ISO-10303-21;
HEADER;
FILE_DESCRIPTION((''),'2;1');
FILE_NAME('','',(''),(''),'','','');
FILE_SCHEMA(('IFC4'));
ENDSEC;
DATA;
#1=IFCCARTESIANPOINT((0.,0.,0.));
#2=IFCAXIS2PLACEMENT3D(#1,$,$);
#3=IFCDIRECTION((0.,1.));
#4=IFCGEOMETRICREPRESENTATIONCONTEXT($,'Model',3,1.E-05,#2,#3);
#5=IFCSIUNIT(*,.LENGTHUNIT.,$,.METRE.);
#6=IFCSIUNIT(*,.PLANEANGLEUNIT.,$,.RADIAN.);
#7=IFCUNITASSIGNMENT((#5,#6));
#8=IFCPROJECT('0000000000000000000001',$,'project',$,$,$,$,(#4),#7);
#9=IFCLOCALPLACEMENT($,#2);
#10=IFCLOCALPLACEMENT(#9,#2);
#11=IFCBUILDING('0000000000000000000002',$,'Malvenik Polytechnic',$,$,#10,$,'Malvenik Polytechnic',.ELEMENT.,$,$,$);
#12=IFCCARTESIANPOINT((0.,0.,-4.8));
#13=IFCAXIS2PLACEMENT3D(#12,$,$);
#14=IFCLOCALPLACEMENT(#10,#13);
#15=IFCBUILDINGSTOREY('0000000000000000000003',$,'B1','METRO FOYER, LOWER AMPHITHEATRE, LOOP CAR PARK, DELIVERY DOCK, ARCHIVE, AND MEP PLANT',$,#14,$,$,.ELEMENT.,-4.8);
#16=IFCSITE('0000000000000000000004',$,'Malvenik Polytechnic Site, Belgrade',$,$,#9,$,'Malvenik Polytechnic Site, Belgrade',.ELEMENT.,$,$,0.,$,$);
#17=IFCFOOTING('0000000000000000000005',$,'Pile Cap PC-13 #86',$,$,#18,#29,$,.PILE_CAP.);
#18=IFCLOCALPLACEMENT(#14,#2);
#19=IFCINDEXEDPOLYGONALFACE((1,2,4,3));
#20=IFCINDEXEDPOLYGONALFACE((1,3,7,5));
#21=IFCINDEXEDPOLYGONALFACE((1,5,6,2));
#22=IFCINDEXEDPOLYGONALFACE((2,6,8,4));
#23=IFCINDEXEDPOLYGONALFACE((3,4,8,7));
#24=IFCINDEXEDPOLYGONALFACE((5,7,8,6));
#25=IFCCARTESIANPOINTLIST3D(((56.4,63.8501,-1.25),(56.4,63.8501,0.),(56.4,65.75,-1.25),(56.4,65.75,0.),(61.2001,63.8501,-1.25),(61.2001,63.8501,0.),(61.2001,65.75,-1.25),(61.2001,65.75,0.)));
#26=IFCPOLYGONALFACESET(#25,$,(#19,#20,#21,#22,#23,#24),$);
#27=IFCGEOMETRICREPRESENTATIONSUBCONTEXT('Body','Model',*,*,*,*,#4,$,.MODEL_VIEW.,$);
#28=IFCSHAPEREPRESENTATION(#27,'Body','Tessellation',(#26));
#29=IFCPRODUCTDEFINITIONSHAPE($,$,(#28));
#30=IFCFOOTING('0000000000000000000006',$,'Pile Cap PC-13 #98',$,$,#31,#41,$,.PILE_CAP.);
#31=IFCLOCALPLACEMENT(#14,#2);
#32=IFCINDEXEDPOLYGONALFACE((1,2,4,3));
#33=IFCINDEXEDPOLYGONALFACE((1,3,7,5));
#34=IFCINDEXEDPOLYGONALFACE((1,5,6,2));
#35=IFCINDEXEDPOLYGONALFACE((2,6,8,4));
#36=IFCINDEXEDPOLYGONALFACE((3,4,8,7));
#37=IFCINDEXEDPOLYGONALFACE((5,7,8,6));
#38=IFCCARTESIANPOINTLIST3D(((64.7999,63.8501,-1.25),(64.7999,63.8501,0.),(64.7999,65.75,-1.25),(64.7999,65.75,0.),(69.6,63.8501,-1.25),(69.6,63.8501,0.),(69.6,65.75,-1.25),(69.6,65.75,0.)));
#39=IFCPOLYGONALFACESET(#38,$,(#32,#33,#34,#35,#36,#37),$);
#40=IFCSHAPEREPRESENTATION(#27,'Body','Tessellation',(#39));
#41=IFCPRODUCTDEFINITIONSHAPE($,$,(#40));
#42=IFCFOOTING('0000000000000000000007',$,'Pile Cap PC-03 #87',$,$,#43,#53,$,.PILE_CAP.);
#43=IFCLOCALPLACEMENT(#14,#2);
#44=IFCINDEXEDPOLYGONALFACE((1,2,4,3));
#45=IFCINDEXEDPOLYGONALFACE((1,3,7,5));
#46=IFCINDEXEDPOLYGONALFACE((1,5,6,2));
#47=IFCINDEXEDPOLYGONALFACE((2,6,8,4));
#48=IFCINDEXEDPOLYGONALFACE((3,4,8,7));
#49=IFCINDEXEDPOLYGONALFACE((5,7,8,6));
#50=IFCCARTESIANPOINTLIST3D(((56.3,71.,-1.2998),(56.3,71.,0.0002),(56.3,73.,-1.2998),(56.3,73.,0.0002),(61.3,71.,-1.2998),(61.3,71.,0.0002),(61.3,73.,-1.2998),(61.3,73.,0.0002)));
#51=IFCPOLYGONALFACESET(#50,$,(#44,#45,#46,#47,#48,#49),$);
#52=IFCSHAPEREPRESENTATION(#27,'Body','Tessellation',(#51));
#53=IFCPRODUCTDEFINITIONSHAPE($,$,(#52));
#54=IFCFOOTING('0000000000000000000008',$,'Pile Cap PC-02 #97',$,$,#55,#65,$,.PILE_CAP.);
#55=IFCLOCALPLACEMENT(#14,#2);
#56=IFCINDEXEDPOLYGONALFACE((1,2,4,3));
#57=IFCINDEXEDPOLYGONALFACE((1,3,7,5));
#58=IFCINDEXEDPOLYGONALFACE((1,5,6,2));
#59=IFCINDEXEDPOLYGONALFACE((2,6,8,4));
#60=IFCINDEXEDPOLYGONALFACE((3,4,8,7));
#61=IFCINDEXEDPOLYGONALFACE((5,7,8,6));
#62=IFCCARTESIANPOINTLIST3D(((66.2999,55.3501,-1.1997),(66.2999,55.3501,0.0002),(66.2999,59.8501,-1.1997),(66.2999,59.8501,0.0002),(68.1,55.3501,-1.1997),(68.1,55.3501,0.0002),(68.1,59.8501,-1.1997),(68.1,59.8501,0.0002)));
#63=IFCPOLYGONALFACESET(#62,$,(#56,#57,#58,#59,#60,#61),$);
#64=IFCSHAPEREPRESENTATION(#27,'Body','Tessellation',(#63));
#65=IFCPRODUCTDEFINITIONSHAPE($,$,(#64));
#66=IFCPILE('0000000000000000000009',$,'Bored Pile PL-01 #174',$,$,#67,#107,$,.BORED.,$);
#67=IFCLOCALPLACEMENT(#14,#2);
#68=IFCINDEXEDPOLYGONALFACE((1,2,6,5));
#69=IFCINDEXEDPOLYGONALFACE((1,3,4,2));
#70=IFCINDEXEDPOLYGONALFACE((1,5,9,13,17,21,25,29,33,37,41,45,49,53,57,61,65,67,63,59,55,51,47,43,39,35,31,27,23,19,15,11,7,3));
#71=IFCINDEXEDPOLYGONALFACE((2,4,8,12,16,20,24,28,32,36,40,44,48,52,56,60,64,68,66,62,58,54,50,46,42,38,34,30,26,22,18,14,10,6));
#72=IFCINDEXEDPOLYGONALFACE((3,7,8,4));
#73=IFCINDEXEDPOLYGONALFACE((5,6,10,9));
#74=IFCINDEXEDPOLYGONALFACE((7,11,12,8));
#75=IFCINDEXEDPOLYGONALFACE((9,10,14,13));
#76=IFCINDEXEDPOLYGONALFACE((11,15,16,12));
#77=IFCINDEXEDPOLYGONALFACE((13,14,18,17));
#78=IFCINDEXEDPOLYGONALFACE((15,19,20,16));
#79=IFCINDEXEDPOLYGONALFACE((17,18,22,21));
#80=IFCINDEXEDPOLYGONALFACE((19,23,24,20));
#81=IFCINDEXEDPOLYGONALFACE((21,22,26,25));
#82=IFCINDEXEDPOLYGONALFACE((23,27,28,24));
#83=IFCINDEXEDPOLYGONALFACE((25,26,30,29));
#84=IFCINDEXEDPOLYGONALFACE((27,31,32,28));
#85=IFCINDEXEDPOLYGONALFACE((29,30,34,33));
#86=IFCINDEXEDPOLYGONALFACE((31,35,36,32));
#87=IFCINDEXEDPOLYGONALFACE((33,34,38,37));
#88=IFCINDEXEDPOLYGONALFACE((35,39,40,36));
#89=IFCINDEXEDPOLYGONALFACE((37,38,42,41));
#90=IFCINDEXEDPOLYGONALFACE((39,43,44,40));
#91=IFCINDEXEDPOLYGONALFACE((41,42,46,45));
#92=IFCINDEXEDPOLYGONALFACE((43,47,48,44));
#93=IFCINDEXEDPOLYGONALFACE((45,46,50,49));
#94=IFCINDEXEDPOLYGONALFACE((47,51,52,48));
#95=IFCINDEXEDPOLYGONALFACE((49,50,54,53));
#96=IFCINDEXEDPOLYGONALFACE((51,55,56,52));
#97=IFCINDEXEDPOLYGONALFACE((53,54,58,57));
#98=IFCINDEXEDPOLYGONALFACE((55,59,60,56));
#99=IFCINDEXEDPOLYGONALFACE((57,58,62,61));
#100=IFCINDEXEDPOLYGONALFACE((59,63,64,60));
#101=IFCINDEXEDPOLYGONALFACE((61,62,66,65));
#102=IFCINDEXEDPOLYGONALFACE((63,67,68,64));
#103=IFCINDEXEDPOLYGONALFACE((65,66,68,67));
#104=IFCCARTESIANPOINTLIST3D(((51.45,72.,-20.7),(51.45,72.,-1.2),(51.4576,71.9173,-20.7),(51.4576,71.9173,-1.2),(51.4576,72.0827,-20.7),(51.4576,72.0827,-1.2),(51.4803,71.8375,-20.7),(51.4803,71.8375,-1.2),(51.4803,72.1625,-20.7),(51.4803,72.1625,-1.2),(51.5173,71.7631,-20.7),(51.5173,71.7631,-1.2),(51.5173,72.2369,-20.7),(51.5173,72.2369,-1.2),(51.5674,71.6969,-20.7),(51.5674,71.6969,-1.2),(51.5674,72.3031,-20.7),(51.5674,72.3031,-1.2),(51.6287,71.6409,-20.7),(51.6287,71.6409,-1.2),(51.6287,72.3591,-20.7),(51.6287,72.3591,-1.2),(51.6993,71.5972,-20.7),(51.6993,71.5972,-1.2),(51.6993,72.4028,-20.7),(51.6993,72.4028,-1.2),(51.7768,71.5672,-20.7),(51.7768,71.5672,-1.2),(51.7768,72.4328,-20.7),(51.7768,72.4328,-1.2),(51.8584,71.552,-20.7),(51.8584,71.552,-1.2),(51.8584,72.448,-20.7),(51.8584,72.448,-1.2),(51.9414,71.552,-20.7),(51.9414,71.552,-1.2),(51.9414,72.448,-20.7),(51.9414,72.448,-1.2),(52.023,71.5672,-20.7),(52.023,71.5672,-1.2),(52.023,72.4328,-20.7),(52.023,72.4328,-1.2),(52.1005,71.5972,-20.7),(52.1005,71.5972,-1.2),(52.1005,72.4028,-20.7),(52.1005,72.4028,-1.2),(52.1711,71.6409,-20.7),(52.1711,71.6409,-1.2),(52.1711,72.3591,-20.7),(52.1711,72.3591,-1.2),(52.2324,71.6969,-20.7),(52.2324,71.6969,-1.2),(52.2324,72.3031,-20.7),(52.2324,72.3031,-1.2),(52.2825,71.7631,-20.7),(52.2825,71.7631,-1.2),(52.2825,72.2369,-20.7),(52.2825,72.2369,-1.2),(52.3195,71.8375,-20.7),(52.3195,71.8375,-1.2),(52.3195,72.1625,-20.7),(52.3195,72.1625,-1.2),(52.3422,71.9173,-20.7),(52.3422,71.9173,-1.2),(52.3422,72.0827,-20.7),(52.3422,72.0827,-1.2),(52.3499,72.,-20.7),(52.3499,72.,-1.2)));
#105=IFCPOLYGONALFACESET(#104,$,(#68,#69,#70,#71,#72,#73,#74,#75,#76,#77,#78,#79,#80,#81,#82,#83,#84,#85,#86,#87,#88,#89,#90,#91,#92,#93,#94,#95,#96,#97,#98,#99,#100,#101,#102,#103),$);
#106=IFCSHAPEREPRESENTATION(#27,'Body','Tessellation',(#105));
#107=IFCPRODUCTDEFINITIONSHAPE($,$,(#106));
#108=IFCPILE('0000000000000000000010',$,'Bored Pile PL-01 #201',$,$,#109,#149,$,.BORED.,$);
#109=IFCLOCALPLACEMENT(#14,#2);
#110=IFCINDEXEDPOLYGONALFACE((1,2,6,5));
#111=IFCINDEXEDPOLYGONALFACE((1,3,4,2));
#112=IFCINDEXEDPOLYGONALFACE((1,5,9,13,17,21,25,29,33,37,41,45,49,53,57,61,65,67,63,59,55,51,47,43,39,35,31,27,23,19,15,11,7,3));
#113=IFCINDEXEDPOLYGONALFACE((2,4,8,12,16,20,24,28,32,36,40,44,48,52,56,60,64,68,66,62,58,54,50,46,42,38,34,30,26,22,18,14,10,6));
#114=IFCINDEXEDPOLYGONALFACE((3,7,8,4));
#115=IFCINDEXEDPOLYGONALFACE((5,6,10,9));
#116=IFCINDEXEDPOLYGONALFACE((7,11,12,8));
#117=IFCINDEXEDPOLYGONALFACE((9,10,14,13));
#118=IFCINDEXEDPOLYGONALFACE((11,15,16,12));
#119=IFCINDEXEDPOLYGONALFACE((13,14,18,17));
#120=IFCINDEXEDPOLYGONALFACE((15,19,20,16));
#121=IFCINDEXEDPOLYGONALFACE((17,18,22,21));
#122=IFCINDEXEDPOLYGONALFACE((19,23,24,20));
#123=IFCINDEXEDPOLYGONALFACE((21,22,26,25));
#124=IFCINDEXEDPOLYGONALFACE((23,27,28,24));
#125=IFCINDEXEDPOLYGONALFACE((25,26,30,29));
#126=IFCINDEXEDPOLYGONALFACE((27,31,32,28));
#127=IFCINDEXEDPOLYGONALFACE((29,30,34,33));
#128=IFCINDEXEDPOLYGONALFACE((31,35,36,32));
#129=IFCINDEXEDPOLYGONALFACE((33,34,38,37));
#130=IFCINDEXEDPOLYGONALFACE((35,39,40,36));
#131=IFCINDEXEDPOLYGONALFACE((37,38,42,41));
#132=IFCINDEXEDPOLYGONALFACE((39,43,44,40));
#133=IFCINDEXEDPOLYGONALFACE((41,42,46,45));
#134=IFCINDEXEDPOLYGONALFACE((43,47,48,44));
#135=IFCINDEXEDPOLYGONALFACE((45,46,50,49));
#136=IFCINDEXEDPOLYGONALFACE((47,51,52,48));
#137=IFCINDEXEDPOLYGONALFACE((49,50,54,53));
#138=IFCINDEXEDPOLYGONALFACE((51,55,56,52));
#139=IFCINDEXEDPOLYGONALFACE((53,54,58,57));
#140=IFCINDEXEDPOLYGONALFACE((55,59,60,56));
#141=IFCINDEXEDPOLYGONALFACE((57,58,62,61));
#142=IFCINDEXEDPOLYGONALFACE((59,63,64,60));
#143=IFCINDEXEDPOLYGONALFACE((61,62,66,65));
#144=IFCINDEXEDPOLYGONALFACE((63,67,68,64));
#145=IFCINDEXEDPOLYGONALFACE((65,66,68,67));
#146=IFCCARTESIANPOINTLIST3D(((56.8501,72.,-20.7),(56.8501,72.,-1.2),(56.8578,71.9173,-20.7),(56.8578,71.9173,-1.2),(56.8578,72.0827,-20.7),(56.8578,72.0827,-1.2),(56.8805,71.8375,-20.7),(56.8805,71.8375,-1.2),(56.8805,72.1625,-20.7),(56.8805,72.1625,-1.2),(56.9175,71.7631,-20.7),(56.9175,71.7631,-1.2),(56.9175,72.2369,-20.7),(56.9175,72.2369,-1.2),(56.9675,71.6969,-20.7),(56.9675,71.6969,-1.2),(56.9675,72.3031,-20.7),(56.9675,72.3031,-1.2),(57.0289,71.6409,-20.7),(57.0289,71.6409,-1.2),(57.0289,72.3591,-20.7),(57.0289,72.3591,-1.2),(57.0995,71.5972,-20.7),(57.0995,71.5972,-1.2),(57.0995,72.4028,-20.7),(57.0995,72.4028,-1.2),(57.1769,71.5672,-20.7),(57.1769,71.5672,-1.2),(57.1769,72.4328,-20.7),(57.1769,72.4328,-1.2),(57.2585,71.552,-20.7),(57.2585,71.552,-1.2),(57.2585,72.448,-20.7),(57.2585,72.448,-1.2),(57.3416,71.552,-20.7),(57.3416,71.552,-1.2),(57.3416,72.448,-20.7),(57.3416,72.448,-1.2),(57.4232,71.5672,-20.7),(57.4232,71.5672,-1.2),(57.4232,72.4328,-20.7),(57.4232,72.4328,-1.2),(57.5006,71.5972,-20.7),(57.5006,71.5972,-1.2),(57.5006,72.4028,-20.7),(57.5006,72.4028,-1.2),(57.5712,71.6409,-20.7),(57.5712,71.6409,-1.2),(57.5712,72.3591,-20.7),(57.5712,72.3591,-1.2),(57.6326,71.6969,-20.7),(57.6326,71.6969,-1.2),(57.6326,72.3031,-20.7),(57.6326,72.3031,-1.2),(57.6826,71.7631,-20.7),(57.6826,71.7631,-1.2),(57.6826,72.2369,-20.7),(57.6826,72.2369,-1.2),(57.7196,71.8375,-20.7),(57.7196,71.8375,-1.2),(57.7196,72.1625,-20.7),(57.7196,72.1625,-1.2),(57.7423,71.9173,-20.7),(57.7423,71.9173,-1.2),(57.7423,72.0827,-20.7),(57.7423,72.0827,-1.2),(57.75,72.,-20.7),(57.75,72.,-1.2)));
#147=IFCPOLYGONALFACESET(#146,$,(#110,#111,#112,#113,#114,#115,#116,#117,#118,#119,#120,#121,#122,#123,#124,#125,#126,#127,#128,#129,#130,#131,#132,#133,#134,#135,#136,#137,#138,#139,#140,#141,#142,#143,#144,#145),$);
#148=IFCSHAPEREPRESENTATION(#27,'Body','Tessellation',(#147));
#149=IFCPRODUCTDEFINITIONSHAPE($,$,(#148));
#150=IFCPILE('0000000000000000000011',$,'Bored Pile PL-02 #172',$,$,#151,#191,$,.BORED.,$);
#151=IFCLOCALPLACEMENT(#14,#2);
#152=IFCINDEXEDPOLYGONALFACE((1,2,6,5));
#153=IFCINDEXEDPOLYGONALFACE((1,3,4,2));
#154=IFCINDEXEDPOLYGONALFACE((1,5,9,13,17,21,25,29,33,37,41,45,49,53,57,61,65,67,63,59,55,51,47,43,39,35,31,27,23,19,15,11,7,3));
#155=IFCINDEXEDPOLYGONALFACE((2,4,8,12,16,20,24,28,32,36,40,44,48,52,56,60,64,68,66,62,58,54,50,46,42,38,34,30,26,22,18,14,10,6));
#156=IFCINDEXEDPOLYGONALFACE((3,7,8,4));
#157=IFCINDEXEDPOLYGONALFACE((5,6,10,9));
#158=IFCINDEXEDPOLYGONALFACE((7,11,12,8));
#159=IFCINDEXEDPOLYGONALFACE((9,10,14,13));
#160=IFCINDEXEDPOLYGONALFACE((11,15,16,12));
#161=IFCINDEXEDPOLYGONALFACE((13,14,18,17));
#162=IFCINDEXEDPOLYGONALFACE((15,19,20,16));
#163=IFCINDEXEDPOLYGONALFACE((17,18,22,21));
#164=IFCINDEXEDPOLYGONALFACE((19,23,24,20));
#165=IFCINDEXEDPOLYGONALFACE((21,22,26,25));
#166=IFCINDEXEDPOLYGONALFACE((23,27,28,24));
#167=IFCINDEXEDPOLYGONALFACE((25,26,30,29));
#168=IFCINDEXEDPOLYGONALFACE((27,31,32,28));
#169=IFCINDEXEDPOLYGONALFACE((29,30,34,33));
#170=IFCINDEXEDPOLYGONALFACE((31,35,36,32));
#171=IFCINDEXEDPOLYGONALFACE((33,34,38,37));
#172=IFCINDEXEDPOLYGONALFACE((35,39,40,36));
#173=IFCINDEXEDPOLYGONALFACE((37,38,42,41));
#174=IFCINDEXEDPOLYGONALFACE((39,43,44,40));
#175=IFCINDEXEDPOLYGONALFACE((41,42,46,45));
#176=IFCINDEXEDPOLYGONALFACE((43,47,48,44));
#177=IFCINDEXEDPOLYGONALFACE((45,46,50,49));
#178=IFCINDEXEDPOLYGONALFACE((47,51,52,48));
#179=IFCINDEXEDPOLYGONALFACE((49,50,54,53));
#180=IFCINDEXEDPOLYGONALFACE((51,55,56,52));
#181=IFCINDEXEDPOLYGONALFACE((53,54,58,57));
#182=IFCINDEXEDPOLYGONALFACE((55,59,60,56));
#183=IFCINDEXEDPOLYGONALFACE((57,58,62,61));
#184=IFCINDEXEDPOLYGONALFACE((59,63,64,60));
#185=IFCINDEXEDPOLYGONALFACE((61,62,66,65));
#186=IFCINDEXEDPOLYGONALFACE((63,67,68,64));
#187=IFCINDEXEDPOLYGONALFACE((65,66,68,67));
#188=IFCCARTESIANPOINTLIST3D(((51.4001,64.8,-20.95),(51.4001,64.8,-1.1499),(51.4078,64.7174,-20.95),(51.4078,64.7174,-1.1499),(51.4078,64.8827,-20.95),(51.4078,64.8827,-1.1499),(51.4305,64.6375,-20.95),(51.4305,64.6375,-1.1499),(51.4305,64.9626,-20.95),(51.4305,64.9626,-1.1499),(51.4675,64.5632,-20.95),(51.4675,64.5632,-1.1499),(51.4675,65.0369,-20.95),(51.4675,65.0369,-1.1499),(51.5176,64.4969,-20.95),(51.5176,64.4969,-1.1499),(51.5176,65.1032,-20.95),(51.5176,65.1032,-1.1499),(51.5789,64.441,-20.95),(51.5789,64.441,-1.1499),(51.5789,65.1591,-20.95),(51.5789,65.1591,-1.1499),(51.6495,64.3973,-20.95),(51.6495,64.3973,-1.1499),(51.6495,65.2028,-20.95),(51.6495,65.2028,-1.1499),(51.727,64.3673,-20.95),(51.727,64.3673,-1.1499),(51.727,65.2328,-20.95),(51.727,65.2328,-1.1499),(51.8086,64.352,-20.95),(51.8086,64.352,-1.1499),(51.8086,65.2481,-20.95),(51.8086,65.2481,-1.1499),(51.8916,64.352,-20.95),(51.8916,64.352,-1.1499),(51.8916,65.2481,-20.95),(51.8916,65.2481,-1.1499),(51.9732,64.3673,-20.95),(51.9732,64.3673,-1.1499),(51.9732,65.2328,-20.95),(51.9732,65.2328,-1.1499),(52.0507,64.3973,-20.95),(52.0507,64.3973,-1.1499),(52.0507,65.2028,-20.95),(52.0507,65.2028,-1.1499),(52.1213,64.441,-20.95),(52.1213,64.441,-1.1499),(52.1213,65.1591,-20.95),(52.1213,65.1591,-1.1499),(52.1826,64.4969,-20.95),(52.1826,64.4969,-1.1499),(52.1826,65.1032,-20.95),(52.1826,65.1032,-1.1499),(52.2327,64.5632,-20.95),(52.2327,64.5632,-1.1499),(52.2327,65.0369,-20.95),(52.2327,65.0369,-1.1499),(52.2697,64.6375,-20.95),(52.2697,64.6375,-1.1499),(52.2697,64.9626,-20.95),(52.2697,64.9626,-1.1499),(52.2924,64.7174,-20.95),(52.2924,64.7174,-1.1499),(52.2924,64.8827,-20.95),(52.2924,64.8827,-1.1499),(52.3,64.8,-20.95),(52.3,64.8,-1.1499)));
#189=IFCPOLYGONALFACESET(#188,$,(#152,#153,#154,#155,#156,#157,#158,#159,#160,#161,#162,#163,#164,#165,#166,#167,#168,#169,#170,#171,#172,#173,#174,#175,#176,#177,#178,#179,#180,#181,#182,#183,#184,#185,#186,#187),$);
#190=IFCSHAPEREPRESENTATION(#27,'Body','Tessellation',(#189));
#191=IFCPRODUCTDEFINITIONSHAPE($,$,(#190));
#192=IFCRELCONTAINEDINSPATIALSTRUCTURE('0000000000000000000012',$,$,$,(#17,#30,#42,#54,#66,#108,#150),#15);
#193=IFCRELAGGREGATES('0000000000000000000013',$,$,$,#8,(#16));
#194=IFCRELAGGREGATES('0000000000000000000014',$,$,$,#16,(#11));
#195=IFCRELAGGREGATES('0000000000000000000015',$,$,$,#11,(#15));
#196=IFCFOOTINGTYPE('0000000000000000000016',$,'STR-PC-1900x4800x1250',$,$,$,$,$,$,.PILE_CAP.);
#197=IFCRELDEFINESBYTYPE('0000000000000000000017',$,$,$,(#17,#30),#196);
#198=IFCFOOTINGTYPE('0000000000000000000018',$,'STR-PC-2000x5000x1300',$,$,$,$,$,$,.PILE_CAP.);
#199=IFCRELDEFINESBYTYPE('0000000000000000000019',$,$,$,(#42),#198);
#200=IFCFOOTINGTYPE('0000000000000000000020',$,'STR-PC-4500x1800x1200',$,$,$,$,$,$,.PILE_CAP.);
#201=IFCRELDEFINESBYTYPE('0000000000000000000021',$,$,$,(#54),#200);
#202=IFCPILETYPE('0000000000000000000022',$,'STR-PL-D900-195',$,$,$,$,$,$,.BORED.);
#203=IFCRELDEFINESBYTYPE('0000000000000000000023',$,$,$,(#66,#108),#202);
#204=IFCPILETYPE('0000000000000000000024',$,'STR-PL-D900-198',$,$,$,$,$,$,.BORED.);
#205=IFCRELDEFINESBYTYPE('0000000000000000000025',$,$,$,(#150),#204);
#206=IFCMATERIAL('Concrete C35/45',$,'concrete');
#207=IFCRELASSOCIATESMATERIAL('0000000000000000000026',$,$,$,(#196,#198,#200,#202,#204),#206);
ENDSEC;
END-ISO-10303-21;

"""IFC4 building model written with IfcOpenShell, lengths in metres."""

from ifc_helpers import new_model, si_unit, direction, frame, origin, origin_2d, place, context, subcontext, project, spatial, rectangle, circle, extrude, material, material_profile, profile_set, type_object, element, save


model = new_model("IFC4")

# Units and contexts
model_context = context("Model", 3, precision=1e-05, world=origin(), true_north=direction((0.0, 1.0)))
body_context = subcontext(model_context, "Body", "Model", "MODEL_VIEW")
ifc_project = project(units=[si_unit("LENGTHUNIT", "METRE"), si_unit("PLANEANGLEUNIT", "RADIAN")], contexts=[model_context])

# Site, building, storey
site_placement = place(None, origin())
site = spatial("IfcSite", under=ifc_project, at=site_placement, Name="Malvenik Polytechnic Site, Belgrade", LongName="Malvenik Polytechnic Site, Belgrade", CompositionType="ELEMENT", RefElevation=0.0)
building_placement = place(site_placement, origin())
building = spatial("IfcBuilding", under=site, at=building_placement, Name="Malvenik Polytechnic", LongName="Malvenik Polytechnic", CompositionType="ELEMENT")
storey_placement = place(building_placement, frame((0.0, 0.0, -4.8)))
storey = spatial("IfcBuildingStorey", under=building, at=storey_placement, Name="B1", Description="METRO FOYER, LOWER AMPHITHEATRE, LOOP CAR PARK, DELIVERY DOCK, ARCHIVE, AND MEP PLANT", CompositionType="ELEMENT", Elevation=-4.8)

# Footings
ifc_material_1 = material(Name="Concrete C35/45", Category="concrete")
footing_type_1 = type_object("IfcFootingType", Name="STR-PC-1900x4800x1250", PredefinedType="PILE_CAP", material=ifc_material_1)
for number, where, z_axis, x_axis, name in (
    (1, (58.8, 64.8, -1.25), (0.0, 0.0, 1.0), (1.0, 0.0, 0.0), "Pile Cap PC-13 #86"),
    (2, (67.2, 64.8, -1.25), (0.0, 0.0, 1.0), (1.0, 0.0, 0.0), "Pile Cap PC-13 #98"),
):
    element("IfcFooting", number, at=place(storey_placement, frame(where, z_axis=z_axis, x_axis=x_axis)), inside=storey, type_object=footing_type_1, Name=name, PredefinedType="PILE_CAP", context=body_context, shape_type="SweptSolid", body=[
        extrude(rectangle(XDim=4.8, YDim=1.8999, at=origin_2d()), origin(), (0.0, 0.0, 1.0), 1.25),
    ])
footing_type_2 = type_object("IfcFootingType", Name="STR-PC-2000x5000x1300", PredefinedType="PILE_CAP", material=ifc_material_1)
footing_1_placement = place(storey_placement, frame((58.8, 72.0, -1.2998), z_axis=(0.0, 0.0, 1.0), x_axis=(1.0, 0.0, 0.0)))
element("IfcFooting", 3, at=footing_1_placement, inside=storey, type_object=footing_type_2, Name="Pile Cap PC-03 #87", PredefinedType="PILE_CAP", context=body_context, shape_type="SweptSolid", body=[
    extrude(rectangle(XDim=5.0, YDim=2.0, at=origin_2d()), origin(), (0.0, 0.0, 1.0), 1.3),
])
footing_type_3 = type_object("IfcFootingType", Name="STR-PC-4500x1800x1200", PredefinedType="PILE_CAP", material=ifc_material_1)
footing_2_placement = place(storey_placement, frame((67.2, 57.6001, -1.1997), z_axis=(0.0, 0.0, 1.0), x_axis=(1.0, 0.0, 0.0)))
element("IfcFooting", 4, at=footing_2_placement, inside=storey, type_object=footing_type_3, Name="Pile Cap PC-02 #97", PredefinedType="PILE_CAP", context=body_context, shape_type="SweptSolid", body=[
    extrude(rectangle(XDim=1.8, YDim=4.5, at=origin_2d()), origin(), (0.0, 0.0, 1.0), 1.2),
])

# Piles
ifc_material_profile_1 = material_profile(ifc_material_1, circle(Radius=0.45, at=origin_2d()), Name="BORED PILE D900")
ifc_profile_set_1 = profile_set([ifc_material_profile_1], Name="Concrete C35/45")
pile_type_1 = type_object("IfcPileType", Name="STR-PL-D900-195", PredefinedType="BORED", material=ifc_profile_set_1)
for number, where, z_axis, x_axis, name in (
    (5, (51.8999, 72.0, -1.2), (0.0, 0.0, -1.0), (1.0, 0.0, 0.0), "Bored Pile PL-01 #174"),
    (6, (57.3, 72.0, -1.2), (0.0, 0.0, -1.0), (1.0, 0.0, 0.0), "Bored Pile PL-01 #201"),
):
    element("IfcPile", number, at=place(storey_placement, frame(where, z_axis=z_axis, x_axis=x_axis)), inside=storey, type_object=pile_type_1, Name=name, PredefinedType="BORED", context=body_context, shape_type="SweptSolid", body=[
        extrude(circle(Radius=0.45, at=origin_2d()), origin(), (0.0, 0.0, 1.0), 19.5),
    ])
ifc_material_profile_2 = material_profile(ifc_material_1, circle(Radius=0.45, at=origin_2d()), Name="BORED PILE D900")
ifc_profile_set_2 = profile_set([ifc_material_profile_2], Name="Concrete C35/45")
pile_type_2 = type_object("IfcPileType", Name="STR-PL-D900-198", PredefinedType="BORED", material=ifc_profile_set_2)
for number, where, z_axis, x_axis, name in (
    (7, (51.8501, 64.8, -1.1499), (0.0, 0.0, -1.0), (1.0, 0.0, 0.0), "Bored Pile PL-02 #172"),
):
    element("IfcPile", number, at=place(storey_placement, frame(where, z_axis=z_axis, x_axis=x_axis)), inside=storey, type_object=pile_type_2, Name=name, PredefinedType="BORED", context=body_context, shape_type="SweptSolid", body=[
        extrude(circle(Radius=0.45, at=origin_2d()), origin(), (0.0, 0.0, 1.0), 19.8),
    ])

save(model, "model.ifc")
